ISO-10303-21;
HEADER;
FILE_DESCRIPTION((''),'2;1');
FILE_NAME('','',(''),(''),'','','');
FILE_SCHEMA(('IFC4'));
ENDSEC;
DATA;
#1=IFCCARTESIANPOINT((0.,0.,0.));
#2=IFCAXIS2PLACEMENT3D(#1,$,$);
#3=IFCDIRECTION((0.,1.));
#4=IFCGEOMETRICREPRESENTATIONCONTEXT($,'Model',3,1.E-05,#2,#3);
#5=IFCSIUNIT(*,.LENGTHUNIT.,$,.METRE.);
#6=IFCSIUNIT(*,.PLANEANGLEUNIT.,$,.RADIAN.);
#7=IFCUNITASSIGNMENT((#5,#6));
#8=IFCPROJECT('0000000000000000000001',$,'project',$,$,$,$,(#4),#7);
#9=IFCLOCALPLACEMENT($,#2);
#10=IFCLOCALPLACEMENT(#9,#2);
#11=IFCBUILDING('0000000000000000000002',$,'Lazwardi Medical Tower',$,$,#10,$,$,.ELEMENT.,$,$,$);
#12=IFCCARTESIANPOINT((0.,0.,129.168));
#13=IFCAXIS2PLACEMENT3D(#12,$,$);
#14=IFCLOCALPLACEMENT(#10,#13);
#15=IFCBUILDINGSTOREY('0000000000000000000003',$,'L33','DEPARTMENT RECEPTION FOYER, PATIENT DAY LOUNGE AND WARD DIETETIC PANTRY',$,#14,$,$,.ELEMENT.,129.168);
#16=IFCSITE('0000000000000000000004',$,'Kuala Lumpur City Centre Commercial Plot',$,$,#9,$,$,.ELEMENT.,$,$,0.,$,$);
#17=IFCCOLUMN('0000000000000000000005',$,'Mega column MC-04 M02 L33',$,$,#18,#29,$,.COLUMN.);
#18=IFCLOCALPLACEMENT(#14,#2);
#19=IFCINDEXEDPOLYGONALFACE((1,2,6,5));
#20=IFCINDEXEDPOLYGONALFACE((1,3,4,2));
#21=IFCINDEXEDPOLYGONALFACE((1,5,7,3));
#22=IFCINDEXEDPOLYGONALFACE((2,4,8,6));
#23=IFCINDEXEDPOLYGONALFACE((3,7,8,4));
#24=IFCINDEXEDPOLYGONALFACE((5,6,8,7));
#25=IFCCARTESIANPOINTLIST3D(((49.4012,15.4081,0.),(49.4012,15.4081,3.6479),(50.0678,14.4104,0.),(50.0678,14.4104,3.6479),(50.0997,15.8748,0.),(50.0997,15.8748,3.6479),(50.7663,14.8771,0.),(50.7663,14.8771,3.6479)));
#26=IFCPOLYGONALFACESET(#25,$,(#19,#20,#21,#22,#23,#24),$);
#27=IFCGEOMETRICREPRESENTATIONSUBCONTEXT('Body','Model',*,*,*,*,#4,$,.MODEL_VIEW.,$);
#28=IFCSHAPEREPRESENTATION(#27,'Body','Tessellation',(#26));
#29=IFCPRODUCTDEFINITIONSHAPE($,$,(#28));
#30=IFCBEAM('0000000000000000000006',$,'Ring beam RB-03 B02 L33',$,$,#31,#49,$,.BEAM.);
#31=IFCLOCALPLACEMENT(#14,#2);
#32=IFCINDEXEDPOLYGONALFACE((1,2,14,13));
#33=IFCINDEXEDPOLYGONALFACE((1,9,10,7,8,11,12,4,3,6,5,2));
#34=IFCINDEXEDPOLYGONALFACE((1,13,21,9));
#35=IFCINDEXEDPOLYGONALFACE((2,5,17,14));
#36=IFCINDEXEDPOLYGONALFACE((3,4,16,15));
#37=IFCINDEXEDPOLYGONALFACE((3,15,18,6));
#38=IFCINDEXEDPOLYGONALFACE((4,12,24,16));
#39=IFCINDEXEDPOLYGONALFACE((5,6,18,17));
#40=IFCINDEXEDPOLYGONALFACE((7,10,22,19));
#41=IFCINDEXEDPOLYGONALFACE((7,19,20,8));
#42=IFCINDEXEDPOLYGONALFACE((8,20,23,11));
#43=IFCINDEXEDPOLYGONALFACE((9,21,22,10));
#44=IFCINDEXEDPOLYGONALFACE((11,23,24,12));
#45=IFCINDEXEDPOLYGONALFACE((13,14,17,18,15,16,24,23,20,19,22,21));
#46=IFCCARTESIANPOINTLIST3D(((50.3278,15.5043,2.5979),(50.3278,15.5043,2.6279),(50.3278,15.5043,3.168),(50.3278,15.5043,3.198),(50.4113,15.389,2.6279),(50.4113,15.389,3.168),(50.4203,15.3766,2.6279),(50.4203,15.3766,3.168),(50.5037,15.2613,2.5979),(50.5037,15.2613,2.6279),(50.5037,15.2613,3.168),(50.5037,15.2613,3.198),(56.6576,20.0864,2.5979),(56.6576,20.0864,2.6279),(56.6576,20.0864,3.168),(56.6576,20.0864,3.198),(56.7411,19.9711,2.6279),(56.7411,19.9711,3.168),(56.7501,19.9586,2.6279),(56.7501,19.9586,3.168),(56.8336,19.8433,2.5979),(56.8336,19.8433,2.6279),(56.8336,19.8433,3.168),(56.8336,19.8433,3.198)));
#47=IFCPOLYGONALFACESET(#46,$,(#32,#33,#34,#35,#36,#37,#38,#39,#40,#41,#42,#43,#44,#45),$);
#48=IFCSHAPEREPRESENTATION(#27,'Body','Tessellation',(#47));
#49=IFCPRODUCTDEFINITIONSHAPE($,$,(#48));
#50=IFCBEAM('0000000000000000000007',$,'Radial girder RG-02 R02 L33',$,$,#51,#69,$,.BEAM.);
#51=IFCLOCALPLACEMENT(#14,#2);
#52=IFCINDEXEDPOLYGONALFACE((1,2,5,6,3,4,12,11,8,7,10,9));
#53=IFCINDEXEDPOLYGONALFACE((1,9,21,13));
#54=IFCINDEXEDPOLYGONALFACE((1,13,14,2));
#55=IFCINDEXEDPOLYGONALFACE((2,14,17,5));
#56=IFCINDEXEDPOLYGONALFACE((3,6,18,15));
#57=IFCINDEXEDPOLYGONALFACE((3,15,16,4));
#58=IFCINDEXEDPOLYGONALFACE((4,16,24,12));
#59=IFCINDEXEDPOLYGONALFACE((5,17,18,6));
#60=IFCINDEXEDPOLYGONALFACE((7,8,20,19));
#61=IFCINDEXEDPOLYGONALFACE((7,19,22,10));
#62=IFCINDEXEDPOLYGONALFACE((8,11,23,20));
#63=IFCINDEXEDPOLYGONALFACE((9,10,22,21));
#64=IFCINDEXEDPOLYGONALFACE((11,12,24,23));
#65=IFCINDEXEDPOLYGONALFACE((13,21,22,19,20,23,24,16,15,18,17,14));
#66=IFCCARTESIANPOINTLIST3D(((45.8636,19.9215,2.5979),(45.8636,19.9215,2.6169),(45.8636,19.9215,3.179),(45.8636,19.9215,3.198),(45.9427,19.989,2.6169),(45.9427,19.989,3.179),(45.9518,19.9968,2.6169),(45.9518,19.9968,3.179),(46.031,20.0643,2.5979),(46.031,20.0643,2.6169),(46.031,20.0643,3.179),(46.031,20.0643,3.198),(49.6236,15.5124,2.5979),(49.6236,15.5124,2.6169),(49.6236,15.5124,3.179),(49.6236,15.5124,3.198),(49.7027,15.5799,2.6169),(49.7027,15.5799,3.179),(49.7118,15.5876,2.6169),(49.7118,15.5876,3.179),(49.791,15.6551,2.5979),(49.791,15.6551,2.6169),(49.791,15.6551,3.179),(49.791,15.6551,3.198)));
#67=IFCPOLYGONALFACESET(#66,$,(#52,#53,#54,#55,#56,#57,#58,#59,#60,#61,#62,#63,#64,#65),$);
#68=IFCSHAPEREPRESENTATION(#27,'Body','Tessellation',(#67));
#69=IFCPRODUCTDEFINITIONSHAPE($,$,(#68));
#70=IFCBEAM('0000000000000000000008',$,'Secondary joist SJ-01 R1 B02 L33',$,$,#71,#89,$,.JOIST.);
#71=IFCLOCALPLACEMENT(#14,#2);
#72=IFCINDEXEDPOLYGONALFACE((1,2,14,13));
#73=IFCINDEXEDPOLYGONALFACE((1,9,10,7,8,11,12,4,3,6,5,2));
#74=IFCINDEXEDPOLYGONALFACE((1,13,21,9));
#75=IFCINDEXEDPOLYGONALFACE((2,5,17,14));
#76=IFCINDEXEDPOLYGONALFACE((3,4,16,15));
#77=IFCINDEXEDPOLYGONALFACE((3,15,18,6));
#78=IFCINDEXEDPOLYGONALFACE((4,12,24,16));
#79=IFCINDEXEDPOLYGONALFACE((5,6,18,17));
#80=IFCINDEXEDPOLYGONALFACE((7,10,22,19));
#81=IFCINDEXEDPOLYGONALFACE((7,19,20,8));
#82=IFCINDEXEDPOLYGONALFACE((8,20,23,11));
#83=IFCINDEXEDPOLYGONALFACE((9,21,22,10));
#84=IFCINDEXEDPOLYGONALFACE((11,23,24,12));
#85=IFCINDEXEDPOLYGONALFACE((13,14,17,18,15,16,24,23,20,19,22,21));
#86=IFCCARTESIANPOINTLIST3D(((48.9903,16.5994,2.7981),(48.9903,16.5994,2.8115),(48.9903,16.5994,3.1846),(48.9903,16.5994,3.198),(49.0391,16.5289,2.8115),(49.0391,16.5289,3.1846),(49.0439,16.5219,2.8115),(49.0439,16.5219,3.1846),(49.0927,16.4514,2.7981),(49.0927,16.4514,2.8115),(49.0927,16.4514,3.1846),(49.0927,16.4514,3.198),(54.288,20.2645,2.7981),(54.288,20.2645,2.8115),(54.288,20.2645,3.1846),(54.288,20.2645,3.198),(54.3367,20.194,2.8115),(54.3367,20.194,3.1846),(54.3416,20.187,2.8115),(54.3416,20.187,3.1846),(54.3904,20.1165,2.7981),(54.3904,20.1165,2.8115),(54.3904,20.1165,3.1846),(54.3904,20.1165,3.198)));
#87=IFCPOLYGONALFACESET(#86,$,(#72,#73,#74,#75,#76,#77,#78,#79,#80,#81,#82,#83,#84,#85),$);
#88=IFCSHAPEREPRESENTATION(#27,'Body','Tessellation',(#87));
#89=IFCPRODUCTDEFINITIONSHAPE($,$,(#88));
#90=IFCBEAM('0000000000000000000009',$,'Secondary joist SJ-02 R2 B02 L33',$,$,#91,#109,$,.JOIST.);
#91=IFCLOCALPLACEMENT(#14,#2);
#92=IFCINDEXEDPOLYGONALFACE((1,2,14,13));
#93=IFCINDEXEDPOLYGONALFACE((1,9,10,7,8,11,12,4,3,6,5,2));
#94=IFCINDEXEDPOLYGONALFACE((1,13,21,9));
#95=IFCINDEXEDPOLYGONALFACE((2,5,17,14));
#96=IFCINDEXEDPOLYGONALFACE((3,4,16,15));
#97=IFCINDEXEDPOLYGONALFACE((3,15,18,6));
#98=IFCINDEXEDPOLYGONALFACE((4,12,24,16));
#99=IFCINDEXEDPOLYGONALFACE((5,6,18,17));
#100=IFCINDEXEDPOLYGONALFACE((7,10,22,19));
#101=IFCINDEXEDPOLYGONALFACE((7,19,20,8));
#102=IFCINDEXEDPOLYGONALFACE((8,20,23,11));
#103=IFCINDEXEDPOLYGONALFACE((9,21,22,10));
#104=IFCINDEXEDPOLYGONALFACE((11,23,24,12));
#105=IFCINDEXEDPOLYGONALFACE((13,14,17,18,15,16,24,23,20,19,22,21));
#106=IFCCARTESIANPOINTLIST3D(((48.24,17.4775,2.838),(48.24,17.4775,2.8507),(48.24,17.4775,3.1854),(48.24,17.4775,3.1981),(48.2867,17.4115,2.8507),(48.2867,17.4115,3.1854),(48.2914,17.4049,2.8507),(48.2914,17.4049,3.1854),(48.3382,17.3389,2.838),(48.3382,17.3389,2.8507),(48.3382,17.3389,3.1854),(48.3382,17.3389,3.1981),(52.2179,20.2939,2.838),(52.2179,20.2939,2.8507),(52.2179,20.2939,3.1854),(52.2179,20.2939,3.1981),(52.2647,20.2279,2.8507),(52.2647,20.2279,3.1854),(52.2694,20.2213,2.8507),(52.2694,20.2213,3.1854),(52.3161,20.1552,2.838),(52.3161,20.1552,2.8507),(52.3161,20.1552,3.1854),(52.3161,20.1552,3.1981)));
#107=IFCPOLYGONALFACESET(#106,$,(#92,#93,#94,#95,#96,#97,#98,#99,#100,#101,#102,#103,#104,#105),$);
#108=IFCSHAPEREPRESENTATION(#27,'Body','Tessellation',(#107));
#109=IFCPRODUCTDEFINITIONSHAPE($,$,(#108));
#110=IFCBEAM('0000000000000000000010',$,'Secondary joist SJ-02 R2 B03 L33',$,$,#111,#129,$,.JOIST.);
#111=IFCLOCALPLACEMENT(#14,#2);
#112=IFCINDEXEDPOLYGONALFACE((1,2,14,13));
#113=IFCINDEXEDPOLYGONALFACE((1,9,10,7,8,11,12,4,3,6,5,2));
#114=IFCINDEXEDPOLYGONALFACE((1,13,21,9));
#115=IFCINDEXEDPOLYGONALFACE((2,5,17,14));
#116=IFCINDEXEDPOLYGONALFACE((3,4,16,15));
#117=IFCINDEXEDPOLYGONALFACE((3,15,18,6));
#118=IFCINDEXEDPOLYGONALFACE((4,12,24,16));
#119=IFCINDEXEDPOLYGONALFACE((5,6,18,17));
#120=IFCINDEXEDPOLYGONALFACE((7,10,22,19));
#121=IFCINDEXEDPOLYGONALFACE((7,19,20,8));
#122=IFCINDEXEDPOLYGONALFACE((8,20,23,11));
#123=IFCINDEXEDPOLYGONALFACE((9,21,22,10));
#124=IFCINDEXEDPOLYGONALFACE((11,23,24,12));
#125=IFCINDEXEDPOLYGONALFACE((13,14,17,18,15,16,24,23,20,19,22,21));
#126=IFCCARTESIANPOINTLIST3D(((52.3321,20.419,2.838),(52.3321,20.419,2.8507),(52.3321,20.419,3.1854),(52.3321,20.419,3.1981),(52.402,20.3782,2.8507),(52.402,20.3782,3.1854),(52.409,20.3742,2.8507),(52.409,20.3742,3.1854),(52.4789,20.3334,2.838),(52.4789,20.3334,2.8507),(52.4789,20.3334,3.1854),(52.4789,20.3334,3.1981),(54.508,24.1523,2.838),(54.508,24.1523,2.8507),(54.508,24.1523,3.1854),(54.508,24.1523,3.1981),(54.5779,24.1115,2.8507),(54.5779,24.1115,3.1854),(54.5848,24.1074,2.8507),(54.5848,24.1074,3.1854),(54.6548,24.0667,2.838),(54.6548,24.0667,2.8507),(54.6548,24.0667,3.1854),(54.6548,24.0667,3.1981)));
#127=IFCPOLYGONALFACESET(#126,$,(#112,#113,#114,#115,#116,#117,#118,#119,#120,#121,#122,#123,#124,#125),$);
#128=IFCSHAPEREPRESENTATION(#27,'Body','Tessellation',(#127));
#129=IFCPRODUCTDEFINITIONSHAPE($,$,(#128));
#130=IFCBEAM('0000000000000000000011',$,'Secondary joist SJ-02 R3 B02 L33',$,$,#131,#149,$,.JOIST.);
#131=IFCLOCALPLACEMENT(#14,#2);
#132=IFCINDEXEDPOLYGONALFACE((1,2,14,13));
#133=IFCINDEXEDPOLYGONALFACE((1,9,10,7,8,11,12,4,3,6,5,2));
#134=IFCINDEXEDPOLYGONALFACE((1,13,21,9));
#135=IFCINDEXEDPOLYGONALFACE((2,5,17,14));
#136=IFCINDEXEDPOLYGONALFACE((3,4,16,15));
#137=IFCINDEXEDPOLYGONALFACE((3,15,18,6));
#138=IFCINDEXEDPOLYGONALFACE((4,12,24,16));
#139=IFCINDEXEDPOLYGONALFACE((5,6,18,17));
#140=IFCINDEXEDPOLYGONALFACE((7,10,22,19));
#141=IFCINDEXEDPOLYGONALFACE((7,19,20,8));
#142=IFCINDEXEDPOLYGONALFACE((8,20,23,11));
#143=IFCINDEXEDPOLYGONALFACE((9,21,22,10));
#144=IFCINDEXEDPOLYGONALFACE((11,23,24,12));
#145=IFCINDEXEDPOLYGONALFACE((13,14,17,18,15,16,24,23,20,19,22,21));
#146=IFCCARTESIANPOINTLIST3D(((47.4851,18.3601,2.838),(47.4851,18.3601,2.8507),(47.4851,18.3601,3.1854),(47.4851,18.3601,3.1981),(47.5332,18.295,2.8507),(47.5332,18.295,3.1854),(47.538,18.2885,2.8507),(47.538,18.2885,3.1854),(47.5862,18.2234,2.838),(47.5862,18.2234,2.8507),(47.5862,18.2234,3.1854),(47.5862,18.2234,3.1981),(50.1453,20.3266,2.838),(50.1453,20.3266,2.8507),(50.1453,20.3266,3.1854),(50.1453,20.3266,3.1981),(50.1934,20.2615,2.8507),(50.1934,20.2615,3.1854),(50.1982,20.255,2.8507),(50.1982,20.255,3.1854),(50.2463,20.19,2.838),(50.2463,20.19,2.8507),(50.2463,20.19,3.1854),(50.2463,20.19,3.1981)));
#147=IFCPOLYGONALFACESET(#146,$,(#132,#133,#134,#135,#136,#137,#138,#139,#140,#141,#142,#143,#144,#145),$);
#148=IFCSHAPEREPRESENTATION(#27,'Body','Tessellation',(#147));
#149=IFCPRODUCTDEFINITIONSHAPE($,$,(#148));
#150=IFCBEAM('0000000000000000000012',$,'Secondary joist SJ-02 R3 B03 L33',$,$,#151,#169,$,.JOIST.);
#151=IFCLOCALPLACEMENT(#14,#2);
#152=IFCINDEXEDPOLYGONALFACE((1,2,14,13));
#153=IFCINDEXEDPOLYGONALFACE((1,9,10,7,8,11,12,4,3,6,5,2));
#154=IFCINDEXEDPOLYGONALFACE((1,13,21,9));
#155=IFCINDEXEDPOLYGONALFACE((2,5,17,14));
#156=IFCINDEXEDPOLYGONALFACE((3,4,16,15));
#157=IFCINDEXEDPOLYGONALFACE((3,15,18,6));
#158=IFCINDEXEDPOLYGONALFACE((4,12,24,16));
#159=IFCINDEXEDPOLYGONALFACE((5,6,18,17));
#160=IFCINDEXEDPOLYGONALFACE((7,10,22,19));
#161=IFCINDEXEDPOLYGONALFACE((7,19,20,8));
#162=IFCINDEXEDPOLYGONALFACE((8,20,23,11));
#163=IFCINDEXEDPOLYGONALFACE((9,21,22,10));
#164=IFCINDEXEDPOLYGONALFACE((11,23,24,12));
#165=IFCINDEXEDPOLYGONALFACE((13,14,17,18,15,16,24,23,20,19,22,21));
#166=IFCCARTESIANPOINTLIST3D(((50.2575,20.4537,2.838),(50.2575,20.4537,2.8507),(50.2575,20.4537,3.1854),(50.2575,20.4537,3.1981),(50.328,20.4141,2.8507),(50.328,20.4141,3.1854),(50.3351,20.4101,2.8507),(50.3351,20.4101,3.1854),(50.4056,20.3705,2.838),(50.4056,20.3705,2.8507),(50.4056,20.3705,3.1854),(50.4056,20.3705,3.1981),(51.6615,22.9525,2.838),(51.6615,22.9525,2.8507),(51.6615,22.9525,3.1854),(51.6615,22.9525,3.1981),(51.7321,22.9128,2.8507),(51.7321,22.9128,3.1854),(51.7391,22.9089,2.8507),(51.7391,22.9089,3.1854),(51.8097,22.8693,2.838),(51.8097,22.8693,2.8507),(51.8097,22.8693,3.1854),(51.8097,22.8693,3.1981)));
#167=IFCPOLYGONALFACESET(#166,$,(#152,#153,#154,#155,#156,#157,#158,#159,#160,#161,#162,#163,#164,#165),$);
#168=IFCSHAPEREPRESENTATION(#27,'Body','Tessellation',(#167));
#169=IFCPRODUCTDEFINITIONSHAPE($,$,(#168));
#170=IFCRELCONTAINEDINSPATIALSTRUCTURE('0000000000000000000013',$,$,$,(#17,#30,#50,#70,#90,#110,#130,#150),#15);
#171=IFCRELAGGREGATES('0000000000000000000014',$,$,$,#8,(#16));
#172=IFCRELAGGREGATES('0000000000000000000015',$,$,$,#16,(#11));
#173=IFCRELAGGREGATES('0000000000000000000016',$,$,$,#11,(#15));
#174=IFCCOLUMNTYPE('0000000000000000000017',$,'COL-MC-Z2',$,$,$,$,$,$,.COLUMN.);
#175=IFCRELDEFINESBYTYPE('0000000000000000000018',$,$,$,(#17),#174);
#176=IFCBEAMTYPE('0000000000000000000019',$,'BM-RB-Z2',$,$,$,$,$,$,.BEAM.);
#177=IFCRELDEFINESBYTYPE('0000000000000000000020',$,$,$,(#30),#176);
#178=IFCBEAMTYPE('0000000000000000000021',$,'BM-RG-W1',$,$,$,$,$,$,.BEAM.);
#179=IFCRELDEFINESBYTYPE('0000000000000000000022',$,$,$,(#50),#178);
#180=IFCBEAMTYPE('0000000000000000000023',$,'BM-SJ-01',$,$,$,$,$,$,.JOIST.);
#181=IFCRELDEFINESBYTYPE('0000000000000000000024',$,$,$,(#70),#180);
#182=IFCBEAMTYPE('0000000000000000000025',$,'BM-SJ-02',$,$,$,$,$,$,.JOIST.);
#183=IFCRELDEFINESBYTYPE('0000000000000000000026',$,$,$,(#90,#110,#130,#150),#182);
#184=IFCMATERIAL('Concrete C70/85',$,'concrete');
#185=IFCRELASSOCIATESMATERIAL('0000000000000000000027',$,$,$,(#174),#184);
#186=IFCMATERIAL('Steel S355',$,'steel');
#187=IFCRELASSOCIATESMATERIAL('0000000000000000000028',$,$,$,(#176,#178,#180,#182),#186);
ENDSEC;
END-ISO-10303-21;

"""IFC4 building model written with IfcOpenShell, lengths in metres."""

from ifc_helpers import new_model, si_unit, direction, frame, origin, origin_2d, place, context, subcontext, project, spatial, rectangle, i_section, extrude, material, material_profile, profile_set, type_object, element, save


model = new_model("IFC4")

# Units and contexts
model_context = context("Model", 3, precision=1e-05, world=origin(), true_north=direction((0.0, 1.0)))
body_context = subcontext(model_context, "Body", "Model", "MODEL_VIEW")
ifc_project = project(units=[si_unit("LENGTHUNIT", "METRE"), si_unit("PLANEANGLEUNIT", "RADIAN")], contexts=[model_context])

# Site, building, storey
site_placement = place(None, origin())
site = spatial("IfcSite", under=ifc_project, at=site_placement, Name="Kuala Lumpur City Centre Commercial Plot", CompositionType="ELEMENT", RefElevation=0.0)
building_placement = place(site_placement, origin())
building = spatial("IfcBuilding", under=site, at=building_placement, Name="Lazwardi Medical Tower", CompositionType="ELEMENT")
storey_placement = place(building_placement, frame((0.0, 0.0, 129.168)))
storey = spatial("IfcBuildingStorey", under=building, at=storey_placement, Name="L33", Description="DEPARTMENT RECEPTION FOYER, PATIENT DAY LOUNGE AND WARD DIETETIC PANTRY", CompositionType="ELEMENT", Elevation=129.168)

# Column
ifc_material_1 = material(Name="Concrete C70/85", Category="concrete")
ifc_material_profile_1 = material_profile(ifc_material_1, rectangle(XDim=1.2, YDim=0.8401, at=origin_2d()), Name="CFT-RECT 1200x840")
ifc_profile_set_1 = profile_set([ifc_material_profile_1], Name="Concrete C70/85")
column_type = type_object("IfcColumnType", Name="COL-MC-Z2", PredefinedType="COLUMN", material=ifc_profile_set_1)
column_placement = place(storey_placement, frame((50.0837, 15.1426, 0.0), z_axis=(0.0, 0.0, 1.0), x_axis=(0.55557, -0.83147, 0.0)))
element("IfcColumn", 1, at=column_placement, inside=storey, type_object=column_type, Name="Mega column MC-04 M02 L33", PredefinedType="COLUMN", context=body_context, shape_type="SweptSolid", body=[
    extrude(rectangle(XDim=1.2, YDim=0.8401, at=origin_2d()), origin(), (0.0, 0.0, 1.0), 3.6479),
])

# Beams
ifc_material_2 = material(Name="Steel S355", Category="steel")
ifc_material_profile_2 = material_profile(ifc_material_2, i_section(OverallWidth=0.3, OverallDepth=0.6001, WebThickness=0.0154, FlangeThickness=0.03, at=origin_2d()), Name="HEB 600")
ifc_profile_set_2 = profile_set([ifc_material_profile_2], Name="Steel S355")
beam_type_1 = type_object("IfcBeamType", Name="BM-RB-Z2", PredefinedType="BEAM", material=ifc_profile_set_2)
beam_1_placement = place(storey_placement, frame((50.4158, 15.3828, 2.8979), z_axis=(0.810042, 0.586372, 0.0), x_axis=(-0.586372, 0.810042, 0.0)))
element("IfcBeam", 2, at=beam_1_placement, inside=storey, type_object=beam_type_1, Name="Ring beam RB-03 B02 L33", PredefinedType="BEAM", context=body_context, shape_type="SweptSolid", body=[
    extrude(i_section(OverallWidth=0.3, OverallDepth=0.6001, WebThickness=0.0154, FlangeThickness=0.03, at=origin_2d()), origin(), (0.0, 0.0, 1.0), 7.8142),
])
ifc_material_profile_3 = material_profile(ifc_material_2, i_section(OverallWidth=0.22, OverallDepth=0.6001, WebThickness=0.012, FlangeThickness=0.019, at=origin_2d()), Name="IPE 600")
ifc_profile_set_3 = profile_set([ifc_material_profile_3], Name="Steel S355")
beam_type_2 = type_object("IfcBeamType", Name="BM-RG-W1", PredefinedType="BEAM", material=ifc_profile_set_3)
beam_2_placement = place(storey_placement, frame((49.7073, 15.5837, 2.8979), z_axis=(-0.648871, 0.760899, 0.0), x_axis=(-0.760899, -0.648871, 0.0)))
element("IfcBeam", 3, at=beam_2_placement, inside=storey, type_object=beam_type_2, Name="Radial girder RG-02 R02 L33", PredefinedType="BEAM", context=body_context, shape_type="SweptSolid", body=[
    extrude(i_section(OverallWidth=0.22, OverallDepth=0.6001, WebThickness=0.012, FlangeThickness=0.019, at=origin_2d()), origin(), (0.0, 0.0, 1.0), 5.7947),
])
ifc_material_profile_4 = material_profile(ifc_material_2, i_section(OverallWidth=0.1799, OverallDepth=0.3999, WebThickness=0.0085, FlangeThickness=0.0134, at=origin_2d()), Name="IPE 400")
ifc_profile_set_4 = profile_set([ifc_material_profile_4], Name="Steel S355")
beam_type_3 = type_object("IfcBeamType", Name="BM-SJ-01", PredefinedType="JOIST", material=ifc_profile_set_4)
beam_3_placement = place(storey_placement, frame((49.0415, 16.5254, 2.998), z_axis=(0.822376, 0.568944, 0.0), x_axis=(-0.568944, 0.822376, 0.0)))
element("IfcBeam", 4, at=beam_3_placement, inside=storey, type_object=beam_type_3, Name="Secondary joist SJ-01 R1 B02 L33", PredefinedType="JOIST", context=body_context, shape_type="SweptSolid", body=[
    extrude(i_section(OverallWidth=0.1799, OverallDepth=0.3999, WebThickness=0.0085, FlangeThickness=0.0134, at=origin_2d()), origin(), (0.0, 0.0, 1.0), 6.4419),
])
ifc_material_profile_5 = material_profile(ifc_material_2, i_section(OverallWidth=0.1699, OverallDepth=0.3601, WebThickness=0.0081, FlangeThickness=0.0127, at=origin_2d()), Name="IPE 360")
ifc_profile_set_5 = profile_set([ifc_material_profile_5], Name="Steel S355")
beam_type_4 = type_object("IfcBeamType", Name="BM-SJ-02", PredefinedType="JOIST", material=ifc_profile_set_5)
beam_4_placement = place(storey_placement, frame((48.2891, 17.4082, 3.0181), z_axis=(0.816156, 0.577831, 0.0), x_axis=(-0.577831, 0.816156, 0.0)))
element("IfcBeam", 5, at=beam_4_placement, inside=storey, type_object=beam_type_4, Name="Secondary joist SJ-02 R2 B02 L33", PredefinedType="JOIST", context=body_context, shape_type="SweptSolid", body=[
    extrude(i_section(OverallWidth=0.1699, OverallDepth=0.3601, WebThickness=0.0081, FlangeThickness=0.0127, at=origin_2d()), origin(), (0.0, 0.0, 1.0), 4.874),
])
beam_5_placement = place(storey_placement, frame((52.4055, 20.3762, 3.0181), z_axis=(0.503544, 0.863969, 0.0), x_axis=(-0.863969, 0.503544, 0.0)))
element("IfcBeam", 6, at=beam_5_placement, inside=storey, type_object=beam_type_4, Name="Secondary joist SJ-02 R2 B03 L33", PredefinedType="JOIST", context=body_context, shape_type="SweptSolid", body=[
    extrude(i_section(OverallWidth=0.1699, OverallDepth=0.3601, WebThickness=0.0081, FlangeThickness=0.0127, at=origin_2d()), origin(), (0.0, 0.0, 1.0), 4.321),
])
beam_6_placement = place(storey_placement, frame((47.5356, 18.2917, 3.0181), z_axis=(0.804126, 0.59446, 0.0), x_axis=(-0.59446, 0.804126, 0.0)))
element("IfcBeam", 7, at=beam_6_placement, inside=storey, type_object=beam_type_4, Name="Secondary joist SJ-02 R3 B02 L33", PredefinedType="JOIST", context=body_context, shape_type="SweptSolid", body=[
    extrude(i_section(OverallWidth=0.1699, OverallDepth=0.3601, WebThickness=0.0081, FlangeThickness=0.0127, at=origin_2d()), origin(), (0.0, 0.0, 1.0), 3.3081),
])
beam_7_placement = place(storey_placement, frame((50.3315, 20.4121, 3.0181), z_axis=(0.489861, 0.871801, 0.0), x_axis=(-0.871801, 0.489861, 0.0)))
element("IfcBeam", 8, at=beam_7_placement, inside=storey, type_object=beam_type_4, Name="Secondary joist SJ-02 R3 B03 L33", PredefinedType="JOIST", context=body_context, shape_type="SweptSolid", body=[
    extrude(i_section(OverallWidth=0.1699, OverallDepth=0.3601, WebThickness=0.0081, FlangeThickness=0.0127, at=origin_2d()), origin(), (0.0, 0.0, 1.0), 2.8662),
])

save(model, "model.ifc")
